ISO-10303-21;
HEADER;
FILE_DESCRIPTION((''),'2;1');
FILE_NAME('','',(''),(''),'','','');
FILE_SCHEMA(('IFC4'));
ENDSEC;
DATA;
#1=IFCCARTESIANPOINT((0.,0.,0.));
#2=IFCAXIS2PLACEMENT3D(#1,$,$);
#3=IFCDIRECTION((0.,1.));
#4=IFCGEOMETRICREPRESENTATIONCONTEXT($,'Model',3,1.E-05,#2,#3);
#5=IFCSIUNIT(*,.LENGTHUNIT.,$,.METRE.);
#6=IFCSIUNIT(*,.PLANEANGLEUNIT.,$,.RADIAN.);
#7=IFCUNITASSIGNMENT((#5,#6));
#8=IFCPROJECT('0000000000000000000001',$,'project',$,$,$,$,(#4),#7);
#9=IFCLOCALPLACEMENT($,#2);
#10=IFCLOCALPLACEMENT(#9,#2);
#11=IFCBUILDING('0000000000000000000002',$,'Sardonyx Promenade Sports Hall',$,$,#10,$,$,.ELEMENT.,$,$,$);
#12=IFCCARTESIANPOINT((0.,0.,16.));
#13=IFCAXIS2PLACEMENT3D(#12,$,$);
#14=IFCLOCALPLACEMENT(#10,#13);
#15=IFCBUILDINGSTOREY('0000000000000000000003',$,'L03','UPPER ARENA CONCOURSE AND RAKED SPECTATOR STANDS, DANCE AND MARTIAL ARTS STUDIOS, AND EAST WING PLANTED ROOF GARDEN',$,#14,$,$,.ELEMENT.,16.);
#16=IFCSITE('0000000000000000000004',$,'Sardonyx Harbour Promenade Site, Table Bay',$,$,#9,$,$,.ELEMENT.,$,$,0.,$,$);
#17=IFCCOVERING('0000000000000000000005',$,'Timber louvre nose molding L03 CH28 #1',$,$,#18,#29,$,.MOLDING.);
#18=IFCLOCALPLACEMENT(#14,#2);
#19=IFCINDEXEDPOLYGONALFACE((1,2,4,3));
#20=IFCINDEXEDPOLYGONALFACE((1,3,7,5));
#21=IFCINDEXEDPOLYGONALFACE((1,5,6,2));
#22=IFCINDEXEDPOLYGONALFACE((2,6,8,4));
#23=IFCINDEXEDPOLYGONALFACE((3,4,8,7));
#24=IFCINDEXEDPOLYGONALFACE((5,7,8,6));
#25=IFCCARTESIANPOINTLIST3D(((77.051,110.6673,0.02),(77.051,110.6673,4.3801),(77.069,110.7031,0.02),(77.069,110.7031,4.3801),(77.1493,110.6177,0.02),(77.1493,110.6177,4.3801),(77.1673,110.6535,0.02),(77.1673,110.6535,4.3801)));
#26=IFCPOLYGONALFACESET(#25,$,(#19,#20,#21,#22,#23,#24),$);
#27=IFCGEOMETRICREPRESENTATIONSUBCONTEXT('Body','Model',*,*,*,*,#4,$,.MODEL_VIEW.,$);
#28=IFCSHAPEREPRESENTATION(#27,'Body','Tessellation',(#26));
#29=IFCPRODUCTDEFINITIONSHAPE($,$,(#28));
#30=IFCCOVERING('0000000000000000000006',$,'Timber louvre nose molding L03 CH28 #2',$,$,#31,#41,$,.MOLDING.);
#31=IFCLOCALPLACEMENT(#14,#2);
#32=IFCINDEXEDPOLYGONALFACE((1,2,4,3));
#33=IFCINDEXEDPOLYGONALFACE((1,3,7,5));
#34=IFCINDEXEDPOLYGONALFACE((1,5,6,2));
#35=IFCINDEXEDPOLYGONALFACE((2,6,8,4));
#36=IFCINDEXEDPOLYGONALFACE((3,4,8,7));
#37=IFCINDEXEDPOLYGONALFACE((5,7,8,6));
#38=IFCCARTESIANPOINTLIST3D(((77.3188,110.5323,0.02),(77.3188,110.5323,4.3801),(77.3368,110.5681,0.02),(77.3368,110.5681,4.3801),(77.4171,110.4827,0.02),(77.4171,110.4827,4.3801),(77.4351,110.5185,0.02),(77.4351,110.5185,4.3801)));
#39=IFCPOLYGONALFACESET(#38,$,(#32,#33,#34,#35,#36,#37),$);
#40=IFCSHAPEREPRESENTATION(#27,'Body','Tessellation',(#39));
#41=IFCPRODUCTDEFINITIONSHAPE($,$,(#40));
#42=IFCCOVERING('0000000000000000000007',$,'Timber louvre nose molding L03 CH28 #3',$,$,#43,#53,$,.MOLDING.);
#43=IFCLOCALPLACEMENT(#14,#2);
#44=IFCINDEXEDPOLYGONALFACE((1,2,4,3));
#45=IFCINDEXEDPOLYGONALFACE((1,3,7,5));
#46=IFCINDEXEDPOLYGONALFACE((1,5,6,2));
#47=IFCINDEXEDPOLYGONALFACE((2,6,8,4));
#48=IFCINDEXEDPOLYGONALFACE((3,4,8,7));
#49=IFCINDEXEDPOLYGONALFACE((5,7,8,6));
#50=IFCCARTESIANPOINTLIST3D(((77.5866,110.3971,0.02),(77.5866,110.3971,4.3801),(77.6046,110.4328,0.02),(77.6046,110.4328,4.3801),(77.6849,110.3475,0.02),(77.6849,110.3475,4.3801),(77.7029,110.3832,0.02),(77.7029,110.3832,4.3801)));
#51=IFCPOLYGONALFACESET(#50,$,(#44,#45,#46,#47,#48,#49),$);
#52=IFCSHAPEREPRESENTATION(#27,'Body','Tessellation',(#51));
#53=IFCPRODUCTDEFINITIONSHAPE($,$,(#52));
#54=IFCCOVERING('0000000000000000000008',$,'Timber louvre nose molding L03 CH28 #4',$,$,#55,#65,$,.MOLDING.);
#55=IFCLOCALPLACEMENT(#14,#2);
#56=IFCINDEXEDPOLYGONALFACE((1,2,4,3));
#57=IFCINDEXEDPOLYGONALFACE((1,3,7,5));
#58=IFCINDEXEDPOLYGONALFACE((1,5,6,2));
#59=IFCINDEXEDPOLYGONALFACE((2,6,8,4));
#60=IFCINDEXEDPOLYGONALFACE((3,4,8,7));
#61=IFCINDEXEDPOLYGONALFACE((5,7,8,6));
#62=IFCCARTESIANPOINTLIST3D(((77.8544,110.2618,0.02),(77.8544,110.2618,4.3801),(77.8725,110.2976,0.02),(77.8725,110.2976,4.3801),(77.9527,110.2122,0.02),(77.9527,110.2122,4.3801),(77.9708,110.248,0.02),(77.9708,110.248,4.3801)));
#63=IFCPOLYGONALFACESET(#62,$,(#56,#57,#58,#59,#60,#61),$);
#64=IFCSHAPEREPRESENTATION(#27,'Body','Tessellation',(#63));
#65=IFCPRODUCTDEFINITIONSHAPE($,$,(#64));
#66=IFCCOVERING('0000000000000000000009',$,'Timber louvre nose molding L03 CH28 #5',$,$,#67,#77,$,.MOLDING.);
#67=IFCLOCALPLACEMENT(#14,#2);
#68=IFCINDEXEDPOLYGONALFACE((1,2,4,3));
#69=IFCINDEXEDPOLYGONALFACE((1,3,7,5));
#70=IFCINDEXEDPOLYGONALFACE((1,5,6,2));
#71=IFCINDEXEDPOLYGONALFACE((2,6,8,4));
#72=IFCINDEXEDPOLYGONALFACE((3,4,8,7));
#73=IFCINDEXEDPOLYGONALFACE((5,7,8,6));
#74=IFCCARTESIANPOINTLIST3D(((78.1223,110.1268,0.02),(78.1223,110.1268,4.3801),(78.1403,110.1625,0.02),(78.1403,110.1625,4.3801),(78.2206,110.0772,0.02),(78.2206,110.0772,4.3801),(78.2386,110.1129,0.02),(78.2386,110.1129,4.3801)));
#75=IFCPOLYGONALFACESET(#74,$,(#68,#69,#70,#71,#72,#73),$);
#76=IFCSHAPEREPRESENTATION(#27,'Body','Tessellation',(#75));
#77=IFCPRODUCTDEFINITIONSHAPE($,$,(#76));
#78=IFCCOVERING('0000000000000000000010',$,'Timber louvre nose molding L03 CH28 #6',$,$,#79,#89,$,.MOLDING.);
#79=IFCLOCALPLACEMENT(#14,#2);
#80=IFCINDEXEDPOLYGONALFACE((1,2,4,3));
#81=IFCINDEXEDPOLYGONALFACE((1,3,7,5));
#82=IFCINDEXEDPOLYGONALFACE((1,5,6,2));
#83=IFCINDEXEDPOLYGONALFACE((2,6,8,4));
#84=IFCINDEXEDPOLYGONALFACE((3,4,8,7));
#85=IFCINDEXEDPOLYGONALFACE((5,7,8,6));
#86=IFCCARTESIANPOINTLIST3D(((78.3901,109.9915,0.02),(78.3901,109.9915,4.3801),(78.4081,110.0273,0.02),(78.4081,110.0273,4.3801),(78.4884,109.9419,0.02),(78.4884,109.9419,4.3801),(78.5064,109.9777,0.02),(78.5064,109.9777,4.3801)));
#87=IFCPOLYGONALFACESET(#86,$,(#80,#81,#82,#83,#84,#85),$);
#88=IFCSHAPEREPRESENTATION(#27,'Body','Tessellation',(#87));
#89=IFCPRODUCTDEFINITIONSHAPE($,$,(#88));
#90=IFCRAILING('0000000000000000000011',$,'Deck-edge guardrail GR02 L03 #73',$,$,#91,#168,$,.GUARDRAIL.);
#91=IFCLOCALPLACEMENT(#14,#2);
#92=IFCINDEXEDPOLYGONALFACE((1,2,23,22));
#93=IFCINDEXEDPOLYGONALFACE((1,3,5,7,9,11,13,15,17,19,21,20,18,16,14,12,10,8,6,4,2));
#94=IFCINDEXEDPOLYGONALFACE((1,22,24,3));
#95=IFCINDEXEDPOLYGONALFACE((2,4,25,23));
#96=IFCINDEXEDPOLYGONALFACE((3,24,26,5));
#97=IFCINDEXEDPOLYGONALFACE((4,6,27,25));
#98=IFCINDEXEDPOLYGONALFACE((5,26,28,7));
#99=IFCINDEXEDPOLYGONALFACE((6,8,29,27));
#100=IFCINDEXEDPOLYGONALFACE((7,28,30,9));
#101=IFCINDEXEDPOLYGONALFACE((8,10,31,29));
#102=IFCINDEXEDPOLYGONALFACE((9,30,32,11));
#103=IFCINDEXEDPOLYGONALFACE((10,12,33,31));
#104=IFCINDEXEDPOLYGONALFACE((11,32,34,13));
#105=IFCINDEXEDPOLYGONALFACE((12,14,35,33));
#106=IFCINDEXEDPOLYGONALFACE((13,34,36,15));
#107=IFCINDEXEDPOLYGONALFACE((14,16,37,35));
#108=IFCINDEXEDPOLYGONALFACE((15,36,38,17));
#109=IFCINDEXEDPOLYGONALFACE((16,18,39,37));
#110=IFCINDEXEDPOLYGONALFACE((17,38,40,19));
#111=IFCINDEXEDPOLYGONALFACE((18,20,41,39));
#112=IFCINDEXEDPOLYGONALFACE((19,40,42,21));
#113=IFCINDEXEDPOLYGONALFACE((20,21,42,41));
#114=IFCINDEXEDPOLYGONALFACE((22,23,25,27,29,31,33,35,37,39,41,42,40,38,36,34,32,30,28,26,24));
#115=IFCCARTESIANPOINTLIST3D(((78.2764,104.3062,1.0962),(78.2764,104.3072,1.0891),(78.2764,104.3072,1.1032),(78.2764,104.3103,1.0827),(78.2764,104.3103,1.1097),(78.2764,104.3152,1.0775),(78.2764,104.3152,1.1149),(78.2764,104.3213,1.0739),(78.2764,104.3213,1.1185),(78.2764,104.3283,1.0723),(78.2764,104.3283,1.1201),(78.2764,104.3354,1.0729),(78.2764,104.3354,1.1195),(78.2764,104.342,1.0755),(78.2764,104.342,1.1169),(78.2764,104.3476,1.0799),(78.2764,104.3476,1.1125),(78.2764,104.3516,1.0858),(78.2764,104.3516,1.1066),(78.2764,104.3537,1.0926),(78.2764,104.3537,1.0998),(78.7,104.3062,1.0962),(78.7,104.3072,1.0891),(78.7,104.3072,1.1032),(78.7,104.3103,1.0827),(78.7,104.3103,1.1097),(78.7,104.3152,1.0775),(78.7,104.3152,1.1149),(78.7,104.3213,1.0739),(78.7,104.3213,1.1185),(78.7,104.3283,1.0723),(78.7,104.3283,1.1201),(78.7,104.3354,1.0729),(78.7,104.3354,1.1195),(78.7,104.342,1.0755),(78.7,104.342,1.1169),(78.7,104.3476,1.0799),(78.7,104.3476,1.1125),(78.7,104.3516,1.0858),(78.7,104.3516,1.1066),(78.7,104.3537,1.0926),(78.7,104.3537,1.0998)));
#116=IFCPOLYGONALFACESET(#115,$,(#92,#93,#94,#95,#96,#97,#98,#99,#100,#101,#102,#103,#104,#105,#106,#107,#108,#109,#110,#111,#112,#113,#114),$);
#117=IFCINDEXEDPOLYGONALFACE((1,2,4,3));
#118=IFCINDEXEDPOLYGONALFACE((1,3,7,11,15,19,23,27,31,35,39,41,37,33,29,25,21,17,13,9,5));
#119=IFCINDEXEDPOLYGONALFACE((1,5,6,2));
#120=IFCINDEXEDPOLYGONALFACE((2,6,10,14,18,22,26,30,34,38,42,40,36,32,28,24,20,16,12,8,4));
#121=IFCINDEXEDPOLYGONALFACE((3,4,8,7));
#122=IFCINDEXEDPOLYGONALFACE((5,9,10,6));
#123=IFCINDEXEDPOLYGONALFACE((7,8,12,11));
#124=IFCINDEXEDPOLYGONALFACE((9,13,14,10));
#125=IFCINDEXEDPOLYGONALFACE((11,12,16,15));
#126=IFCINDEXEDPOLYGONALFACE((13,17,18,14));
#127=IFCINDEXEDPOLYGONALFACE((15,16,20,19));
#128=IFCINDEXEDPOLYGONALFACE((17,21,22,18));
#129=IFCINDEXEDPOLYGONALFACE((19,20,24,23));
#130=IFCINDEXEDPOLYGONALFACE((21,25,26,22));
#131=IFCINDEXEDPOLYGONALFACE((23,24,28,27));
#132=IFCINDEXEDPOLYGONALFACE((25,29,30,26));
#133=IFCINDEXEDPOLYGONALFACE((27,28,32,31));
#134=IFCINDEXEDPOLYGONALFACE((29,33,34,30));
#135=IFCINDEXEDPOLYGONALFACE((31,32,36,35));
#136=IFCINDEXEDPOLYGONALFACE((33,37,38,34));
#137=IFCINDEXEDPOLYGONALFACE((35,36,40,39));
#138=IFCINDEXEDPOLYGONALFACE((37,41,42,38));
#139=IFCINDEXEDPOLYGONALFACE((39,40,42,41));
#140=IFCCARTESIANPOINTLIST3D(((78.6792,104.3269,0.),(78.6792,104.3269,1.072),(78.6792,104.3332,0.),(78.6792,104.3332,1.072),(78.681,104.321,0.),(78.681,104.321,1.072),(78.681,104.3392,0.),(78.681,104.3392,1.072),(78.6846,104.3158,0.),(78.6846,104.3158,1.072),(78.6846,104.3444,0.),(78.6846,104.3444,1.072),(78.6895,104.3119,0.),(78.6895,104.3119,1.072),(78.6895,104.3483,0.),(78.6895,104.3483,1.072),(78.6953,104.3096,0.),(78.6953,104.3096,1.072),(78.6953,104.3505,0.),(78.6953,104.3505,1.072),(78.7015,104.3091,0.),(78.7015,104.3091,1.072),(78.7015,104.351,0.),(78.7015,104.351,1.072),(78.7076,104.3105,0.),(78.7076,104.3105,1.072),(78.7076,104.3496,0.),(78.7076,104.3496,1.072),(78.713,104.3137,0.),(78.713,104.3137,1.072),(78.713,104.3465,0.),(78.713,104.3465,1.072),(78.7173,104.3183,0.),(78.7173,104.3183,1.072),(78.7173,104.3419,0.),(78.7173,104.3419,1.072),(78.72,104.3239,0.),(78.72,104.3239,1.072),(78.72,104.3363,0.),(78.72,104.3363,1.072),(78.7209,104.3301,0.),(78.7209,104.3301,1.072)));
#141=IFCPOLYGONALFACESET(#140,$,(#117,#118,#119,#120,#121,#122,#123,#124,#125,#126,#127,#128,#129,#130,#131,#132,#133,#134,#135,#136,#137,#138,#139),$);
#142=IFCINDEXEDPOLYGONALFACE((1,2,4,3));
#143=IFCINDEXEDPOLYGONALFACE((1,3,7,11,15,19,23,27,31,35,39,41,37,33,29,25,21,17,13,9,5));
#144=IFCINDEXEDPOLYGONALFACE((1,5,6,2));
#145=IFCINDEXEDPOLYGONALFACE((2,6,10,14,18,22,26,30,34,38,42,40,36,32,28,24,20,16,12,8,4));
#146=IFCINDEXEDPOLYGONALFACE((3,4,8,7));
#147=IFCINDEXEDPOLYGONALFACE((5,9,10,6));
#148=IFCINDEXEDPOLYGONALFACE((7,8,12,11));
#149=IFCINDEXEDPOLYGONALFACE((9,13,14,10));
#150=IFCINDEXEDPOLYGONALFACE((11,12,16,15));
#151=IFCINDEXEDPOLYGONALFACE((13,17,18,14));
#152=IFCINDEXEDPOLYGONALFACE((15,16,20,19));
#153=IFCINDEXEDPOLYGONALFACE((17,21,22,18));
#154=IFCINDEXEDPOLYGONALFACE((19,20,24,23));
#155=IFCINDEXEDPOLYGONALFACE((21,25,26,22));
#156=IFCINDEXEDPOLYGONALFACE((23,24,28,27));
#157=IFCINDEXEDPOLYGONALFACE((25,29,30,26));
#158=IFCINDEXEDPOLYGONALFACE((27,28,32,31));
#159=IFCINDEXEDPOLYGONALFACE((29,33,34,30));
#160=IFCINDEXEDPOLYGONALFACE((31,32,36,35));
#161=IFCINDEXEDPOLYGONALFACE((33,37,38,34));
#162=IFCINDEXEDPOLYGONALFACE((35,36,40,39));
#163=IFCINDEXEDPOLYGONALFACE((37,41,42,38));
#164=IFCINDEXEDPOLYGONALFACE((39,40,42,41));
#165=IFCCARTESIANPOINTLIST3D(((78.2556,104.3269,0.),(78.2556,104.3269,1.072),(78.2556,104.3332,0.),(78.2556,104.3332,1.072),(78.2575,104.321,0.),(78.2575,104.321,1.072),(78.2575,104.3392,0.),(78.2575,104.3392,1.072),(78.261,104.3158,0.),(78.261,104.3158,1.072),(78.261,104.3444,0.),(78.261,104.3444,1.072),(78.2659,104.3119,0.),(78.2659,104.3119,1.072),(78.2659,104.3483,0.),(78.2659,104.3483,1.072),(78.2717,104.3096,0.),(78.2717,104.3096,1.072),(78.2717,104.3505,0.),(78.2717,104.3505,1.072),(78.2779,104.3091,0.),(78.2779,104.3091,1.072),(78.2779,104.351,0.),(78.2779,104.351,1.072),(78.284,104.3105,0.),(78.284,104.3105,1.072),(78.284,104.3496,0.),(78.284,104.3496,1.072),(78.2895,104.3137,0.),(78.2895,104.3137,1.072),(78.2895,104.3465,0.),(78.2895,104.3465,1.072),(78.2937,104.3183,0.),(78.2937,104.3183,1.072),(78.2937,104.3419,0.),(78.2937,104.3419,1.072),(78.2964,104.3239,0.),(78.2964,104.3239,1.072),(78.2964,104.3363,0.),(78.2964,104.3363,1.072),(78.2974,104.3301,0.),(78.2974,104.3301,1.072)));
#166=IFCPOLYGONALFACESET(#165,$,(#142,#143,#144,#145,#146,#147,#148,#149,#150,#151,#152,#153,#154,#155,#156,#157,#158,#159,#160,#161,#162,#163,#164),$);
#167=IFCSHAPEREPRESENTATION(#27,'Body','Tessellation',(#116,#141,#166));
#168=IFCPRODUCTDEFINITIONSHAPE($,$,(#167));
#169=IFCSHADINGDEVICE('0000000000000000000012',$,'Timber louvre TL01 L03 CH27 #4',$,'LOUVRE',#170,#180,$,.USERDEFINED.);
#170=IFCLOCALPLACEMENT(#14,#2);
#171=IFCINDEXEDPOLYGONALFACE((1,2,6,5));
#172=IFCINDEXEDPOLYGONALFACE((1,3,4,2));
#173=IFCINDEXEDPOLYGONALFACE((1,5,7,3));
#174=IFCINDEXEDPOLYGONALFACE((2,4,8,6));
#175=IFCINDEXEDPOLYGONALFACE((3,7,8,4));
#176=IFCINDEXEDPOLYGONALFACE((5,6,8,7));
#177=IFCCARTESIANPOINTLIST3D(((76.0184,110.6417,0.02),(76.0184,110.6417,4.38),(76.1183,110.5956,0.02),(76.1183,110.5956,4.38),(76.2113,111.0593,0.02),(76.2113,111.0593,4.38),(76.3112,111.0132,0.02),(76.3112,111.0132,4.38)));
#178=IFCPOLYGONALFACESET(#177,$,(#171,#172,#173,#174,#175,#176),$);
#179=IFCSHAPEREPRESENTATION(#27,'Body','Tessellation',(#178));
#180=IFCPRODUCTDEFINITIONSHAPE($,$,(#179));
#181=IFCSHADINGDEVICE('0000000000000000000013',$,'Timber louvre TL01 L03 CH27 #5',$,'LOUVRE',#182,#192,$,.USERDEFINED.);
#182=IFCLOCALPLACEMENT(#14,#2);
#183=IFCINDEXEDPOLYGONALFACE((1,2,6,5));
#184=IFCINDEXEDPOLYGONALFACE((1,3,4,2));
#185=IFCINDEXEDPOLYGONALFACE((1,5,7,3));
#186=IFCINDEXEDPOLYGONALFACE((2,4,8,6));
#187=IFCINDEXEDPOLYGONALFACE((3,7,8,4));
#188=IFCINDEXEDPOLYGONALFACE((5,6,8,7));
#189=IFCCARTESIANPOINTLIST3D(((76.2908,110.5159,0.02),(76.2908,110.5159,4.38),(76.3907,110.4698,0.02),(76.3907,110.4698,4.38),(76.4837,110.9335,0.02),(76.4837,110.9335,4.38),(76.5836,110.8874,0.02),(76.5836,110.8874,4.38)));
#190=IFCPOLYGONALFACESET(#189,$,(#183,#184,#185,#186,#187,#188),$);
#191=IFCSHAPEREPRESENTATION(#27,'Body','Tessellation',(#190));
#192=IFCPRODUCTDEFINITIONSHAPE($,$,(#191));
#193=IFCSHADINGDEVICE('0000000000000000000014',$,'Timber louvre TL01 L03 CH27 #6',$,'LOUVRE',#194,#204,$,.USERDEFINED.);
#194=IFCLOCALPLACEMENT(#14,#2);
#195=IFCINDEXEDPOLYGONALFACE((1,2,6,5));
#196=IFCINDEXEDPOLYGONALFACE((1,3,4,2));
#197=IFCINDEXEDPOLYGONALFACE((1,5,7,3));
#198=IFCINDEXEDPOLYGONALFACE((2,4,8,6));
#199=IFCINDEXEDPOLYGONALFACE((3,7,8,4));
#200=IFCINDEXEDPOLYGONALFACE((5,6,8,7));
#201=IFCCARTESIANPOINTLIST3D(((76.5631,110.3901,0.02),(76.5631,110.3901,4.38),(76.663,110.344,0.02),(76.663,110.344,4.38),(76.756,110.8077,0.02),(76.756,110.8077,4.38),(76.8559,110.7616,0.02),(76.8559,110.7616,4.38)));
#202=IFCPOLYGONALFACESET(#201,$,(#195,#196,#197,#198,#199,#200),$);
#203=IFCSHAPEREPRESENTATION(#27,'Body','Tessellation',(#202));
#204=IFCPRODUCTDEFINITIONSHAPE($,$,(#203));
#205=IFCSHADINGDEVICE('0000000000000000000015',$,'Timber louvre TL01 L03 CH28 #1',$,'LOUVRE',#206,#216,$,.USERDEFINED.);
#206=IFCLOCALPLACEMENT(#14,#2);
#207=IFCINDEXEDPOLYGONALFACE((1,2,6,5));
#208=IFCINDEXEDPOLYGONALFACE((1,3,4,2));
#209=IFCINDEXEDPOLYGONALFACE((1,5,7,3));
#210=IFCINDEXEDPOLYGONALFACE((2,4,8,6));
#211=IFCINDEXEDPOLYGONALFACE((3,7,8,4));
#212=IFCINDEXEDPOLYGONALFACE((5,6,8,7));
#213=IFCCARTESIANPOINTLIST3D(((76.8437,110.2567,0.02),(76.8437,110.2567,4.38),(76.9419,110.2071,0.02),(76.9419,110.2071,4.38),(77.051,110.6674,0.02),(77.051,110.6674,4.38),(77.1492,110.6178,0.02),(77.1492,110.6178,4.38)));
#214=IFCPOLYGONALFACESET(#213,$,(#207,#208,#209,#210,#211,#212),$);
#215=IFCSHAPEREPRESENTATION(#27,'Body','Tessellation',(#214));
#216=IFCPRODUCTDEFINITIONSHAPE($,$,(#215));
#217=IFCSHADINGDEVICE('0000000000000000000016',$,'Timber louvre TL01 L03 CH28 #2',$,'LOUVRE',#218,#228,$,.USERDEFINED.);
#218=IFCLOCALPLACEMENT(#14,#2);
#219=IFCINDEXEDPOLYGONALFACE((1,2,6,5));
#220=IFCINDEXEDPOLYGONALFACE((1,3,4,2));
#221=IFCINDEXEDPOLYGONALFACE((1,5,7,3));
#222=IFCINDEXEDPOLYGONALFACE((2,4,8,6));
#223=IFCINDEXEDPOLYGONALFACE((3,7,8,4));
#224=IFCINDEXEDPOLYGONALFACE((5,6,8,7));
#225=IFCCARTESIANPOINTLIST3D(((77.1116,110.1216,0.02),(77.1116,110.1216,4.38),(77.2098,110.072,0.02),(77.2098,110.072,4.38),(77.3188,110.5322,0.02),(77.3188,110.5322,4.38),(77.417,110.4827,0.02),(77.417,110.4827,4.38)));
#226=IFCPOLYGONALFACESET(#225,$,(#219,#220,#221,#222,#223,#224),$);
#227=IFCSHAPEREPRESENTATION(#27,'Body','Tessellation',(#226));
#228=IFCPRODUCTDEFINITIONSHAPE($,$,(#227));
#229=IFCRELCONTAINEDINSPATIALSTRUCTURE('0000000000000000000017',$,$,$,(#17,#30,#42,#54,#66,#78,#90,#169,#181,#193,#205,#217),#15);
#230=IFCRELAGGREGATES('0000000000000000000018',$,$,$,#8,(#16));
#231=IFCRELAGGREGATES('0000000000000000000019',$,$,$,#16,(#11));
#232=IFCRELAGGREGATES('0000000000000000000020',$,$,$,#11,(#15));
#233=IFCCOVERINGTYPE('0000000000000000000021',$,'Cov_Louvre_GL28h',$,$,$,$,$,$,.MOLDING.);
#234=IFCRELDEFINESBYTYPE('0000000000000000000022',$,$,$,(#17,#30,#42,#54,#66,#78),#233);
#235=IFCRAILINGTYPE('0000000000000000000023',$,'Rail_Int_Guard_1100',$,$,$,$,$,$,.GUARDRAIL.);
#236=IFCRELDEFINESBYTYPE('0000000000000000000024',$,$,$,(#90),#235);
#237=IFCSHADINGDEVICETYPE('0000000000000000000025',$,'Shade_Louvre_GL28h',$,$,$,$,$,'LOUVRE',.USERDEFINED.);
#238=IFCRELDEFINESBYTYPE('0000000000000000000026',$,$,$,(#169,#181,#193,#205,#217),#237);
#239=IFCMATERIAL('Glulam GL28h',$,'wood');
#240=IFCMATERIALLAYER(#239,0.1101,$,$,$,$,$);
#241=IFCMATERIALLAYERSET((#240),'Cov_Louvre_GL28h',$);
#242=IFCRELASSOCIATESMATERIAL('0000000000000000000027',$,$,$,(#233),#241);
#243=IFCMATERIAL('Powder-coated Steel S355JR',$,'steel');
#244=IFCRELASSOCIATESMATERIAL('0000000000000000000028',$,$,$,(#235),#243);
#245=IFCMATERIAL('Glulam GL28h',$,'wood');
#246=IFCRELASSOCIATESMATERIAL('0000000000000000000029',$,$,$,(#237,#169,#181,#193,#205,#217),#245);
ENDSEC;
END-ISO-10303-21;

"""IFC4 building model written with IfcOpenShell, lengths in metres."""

from ifc_helpers import new_model, si_unit, direction, frame, origin, origin_2d, place, context, subcontext, project, spatial, rectangle, circle, extrude, material, layer, layer_set, type_object, element, save


model = new_model("IFC4")

# Units and contexts
model_context = context("Model", 3, precision=1e-05, world=origin(), true_north=direction((0.0, 1.0)))
body_context = subcontext(model_context, "Body", "Model", "MODEL_VIEW")
ifc_project = project(units=[si_unit("LENGTHUNIT", "METRE"), si_unit("PLANEANGLEUNIT", "RADIAN")], contexts=[model_context])

# Site, building, storey
site_placement = place(None, origin())
site = spatial("IfcSite", under=ifc_project, at=site_placement, Name="Sardonyx Harbour Promenade Site, Table Bay", CompositionType="ELEMENT", RefElevation=0.0)
building_placement = place(site_placement, origin())
building = spatial("IfcBuilding", under=site, at=building_placement, Name="Sardonyx Promenade Sports Hall", CompositionType="ELEMENT")
storey_placement = place(building_placement, frame((0.0, 0.0, 16.0)))
storey = spatial("IfcBuildingStorey", under=building, at=storey_placement, Name="L03", Description="UPPER ARENA CONCOURSE AND RAKED SPECTATOR STANDS, DANCE AND MARTIAL ARTS STUDIOS, AND EAST WING PLANTED ROOF GARDEN", CompositionType="ELEMENT", Elevation=16.0)

# Coverings
ifc_material_1 = material(Name="Glulam GL28h", Category="wood")
ifc_layer_1 = layer(ifc_material_1, 0.1101)
ifc_layer_set_1 = layer_set([ifc_layer_1], Name="Cov_Louvre_GL28h")
covering_type = type_object("IfcCoveringType", Name="Cov_Louvre_GL28h", PredefinedType="MOLDING", material=ifc_layer_set_1)
for number, where, z_axis, x_axis, name in (
    (1, (77.1091, 110.6604, 0.02), (0.0, 0.0, 1.0), (0.892774, -0.450505, 0.0), "Timber louvre nose molding L03 CH28 #1"),
    (2, (77.377, 110.5254, 0.02), (0.0, 0.0, 1.0), (0.892774, -0.450505, 0.0), "Timber louvre nose molding L03 CH28 #2"),
    (3, (77.6448, 110.3901, 0.02), (0.0, 0.0, 1.0), (0.892774, -0.450505, 0.0), "Timber louvre nose molding L03 CH28 #3"),
    (4, (77.9126, 110.2549, 0.02), (0.0, 0.0, 1.0), (0.892774, -0.450505, 0.0), "Timber louvre nose molding L03 CH28 #4"),
    (5, (78.1804, 110.1199, 0.02), (0.0, 0.0, 1.0), (0.892774, -0.450505, 0.0), "Timber louvre nose molding L03 CH28 #5"),
    (6, (78.4482, 109.9846, 0.02), (0.0, 0.0, 1.0), (0.892774, -0.450505, 0.0), "Timber louvre nose molding L03 CH28 #6"),
):
    element("IfcCovering", number, at=place(storey_placement, frame(where, z_axis=z_axis, x_axis=x_axis)), inside=storey, type_object=covering_type, Name=name, PredefinedType="MOLDING", context=body_context, shape_type="SweptSolid", body=[
        extrude(rectangle(XDim=0.1101, YDim=0.04, at=origin_2d()), origin(), (0.0, 0.0, 1.0), 4.3601),
    ])

# Railing
ifc_material_2 = material(Name="Powder-coated Steel S355JR", Category="steel")
railing_type = type_object("IfcRailingType", Name="Rail_Int_Guard_1100", PredefinedType="GUARDRAIL", material=ifc_material_2)
railing_placement = place(storey_placement, frame((78.7, 104.3301, 0.0)))
element("IfcRailing", 7, at=railing_placement, inside=storey, type_object=railing_type, Name="Deck-edge guardrail GR02 L03 #73", PredefinedType="GUARDRAIL", context=body_context, shape_type="SweptSolid", body=[
    extrude(circle(Radius=0.0239, at=origin_2d()), frame((0.0, 0.0, 1.0962), z_axis=(-1.0, 0.0, 0.0), x_axis=(0.0, -1.0, 0.0)), (0.0, 0.0, 1.0), 0.4236),
    extrude(circle(Radius=0.021, at=origin_2d()), origin(), (0.0, 0.0, 1.0), 1.072),
    extrude(circle(Radius=0.021, at=origin_2d()), frame((-0.4236, 0.0, 0.0)), (0.0, 0.0, 1.0), 1.072),
])

# Shading devices
ifc_material_3 = material(Name="Glulam GL28h", Category="wood")
shading_device_type = type_object("IfcShadingDeviceType", Name="Shade_Louvre_GL28h", ElementType="LOUVRE", PredefinedType="USERDEFINED", material=ifc_material_3)
for number, where, z_axis, x_axis, name in (
    (8, (76.1648, 110.8275, 0.02), (0.0, 0.0, 1.0), (0.907831, -0.419336, 0.0), "Timber louvre TL01 L03 CH27 #4"),
    (9, (76.4372, 110.7017, 0.02), (0.0, 0.0, 1.0), (0.907831, -0.419336, 0.0), "Timber louvre TL01 L03 CH27 #5"),
    (10, (76.7095, 110.5759, 0.02), (0.0, 0.0, 1.0), (0.907831, -0.419336, 0.0), "Timber louvre TL01 L03 CH27 #6"),
    (11, (76.9964, 110.4373, 0.02), (0.0, 0.0, 1.0), (0.892774, -0.450505, 0.0), "Timber louvre TL01 L03 CH28 #1"),
    (12, (77.2643, 110.3021, 0.02), (0.0, 0.0, 1.0), (0.892774, -0.450505, 0.0), "Timber louvre TL01 L03 CH28 #2"),
):
    element("IfcShadingDevice", number, at=place(storey_placement, frame(where, z_axis=z_axis, x_axis=x_axis)), inside=storey, type_object=shading_device_type, material=ifc_material_3, Name=name, ObjectType="LOUVRE", PredefinedType="USERDEFINED", context=body_context, shape_type="SweptSolid", body=[
        extrude(rectangle(XDim=0.11, YDim=0.46), origin(), (0.0, 0.0, 1.0), 4.36),
    ])

save(model, "model.ifc")
